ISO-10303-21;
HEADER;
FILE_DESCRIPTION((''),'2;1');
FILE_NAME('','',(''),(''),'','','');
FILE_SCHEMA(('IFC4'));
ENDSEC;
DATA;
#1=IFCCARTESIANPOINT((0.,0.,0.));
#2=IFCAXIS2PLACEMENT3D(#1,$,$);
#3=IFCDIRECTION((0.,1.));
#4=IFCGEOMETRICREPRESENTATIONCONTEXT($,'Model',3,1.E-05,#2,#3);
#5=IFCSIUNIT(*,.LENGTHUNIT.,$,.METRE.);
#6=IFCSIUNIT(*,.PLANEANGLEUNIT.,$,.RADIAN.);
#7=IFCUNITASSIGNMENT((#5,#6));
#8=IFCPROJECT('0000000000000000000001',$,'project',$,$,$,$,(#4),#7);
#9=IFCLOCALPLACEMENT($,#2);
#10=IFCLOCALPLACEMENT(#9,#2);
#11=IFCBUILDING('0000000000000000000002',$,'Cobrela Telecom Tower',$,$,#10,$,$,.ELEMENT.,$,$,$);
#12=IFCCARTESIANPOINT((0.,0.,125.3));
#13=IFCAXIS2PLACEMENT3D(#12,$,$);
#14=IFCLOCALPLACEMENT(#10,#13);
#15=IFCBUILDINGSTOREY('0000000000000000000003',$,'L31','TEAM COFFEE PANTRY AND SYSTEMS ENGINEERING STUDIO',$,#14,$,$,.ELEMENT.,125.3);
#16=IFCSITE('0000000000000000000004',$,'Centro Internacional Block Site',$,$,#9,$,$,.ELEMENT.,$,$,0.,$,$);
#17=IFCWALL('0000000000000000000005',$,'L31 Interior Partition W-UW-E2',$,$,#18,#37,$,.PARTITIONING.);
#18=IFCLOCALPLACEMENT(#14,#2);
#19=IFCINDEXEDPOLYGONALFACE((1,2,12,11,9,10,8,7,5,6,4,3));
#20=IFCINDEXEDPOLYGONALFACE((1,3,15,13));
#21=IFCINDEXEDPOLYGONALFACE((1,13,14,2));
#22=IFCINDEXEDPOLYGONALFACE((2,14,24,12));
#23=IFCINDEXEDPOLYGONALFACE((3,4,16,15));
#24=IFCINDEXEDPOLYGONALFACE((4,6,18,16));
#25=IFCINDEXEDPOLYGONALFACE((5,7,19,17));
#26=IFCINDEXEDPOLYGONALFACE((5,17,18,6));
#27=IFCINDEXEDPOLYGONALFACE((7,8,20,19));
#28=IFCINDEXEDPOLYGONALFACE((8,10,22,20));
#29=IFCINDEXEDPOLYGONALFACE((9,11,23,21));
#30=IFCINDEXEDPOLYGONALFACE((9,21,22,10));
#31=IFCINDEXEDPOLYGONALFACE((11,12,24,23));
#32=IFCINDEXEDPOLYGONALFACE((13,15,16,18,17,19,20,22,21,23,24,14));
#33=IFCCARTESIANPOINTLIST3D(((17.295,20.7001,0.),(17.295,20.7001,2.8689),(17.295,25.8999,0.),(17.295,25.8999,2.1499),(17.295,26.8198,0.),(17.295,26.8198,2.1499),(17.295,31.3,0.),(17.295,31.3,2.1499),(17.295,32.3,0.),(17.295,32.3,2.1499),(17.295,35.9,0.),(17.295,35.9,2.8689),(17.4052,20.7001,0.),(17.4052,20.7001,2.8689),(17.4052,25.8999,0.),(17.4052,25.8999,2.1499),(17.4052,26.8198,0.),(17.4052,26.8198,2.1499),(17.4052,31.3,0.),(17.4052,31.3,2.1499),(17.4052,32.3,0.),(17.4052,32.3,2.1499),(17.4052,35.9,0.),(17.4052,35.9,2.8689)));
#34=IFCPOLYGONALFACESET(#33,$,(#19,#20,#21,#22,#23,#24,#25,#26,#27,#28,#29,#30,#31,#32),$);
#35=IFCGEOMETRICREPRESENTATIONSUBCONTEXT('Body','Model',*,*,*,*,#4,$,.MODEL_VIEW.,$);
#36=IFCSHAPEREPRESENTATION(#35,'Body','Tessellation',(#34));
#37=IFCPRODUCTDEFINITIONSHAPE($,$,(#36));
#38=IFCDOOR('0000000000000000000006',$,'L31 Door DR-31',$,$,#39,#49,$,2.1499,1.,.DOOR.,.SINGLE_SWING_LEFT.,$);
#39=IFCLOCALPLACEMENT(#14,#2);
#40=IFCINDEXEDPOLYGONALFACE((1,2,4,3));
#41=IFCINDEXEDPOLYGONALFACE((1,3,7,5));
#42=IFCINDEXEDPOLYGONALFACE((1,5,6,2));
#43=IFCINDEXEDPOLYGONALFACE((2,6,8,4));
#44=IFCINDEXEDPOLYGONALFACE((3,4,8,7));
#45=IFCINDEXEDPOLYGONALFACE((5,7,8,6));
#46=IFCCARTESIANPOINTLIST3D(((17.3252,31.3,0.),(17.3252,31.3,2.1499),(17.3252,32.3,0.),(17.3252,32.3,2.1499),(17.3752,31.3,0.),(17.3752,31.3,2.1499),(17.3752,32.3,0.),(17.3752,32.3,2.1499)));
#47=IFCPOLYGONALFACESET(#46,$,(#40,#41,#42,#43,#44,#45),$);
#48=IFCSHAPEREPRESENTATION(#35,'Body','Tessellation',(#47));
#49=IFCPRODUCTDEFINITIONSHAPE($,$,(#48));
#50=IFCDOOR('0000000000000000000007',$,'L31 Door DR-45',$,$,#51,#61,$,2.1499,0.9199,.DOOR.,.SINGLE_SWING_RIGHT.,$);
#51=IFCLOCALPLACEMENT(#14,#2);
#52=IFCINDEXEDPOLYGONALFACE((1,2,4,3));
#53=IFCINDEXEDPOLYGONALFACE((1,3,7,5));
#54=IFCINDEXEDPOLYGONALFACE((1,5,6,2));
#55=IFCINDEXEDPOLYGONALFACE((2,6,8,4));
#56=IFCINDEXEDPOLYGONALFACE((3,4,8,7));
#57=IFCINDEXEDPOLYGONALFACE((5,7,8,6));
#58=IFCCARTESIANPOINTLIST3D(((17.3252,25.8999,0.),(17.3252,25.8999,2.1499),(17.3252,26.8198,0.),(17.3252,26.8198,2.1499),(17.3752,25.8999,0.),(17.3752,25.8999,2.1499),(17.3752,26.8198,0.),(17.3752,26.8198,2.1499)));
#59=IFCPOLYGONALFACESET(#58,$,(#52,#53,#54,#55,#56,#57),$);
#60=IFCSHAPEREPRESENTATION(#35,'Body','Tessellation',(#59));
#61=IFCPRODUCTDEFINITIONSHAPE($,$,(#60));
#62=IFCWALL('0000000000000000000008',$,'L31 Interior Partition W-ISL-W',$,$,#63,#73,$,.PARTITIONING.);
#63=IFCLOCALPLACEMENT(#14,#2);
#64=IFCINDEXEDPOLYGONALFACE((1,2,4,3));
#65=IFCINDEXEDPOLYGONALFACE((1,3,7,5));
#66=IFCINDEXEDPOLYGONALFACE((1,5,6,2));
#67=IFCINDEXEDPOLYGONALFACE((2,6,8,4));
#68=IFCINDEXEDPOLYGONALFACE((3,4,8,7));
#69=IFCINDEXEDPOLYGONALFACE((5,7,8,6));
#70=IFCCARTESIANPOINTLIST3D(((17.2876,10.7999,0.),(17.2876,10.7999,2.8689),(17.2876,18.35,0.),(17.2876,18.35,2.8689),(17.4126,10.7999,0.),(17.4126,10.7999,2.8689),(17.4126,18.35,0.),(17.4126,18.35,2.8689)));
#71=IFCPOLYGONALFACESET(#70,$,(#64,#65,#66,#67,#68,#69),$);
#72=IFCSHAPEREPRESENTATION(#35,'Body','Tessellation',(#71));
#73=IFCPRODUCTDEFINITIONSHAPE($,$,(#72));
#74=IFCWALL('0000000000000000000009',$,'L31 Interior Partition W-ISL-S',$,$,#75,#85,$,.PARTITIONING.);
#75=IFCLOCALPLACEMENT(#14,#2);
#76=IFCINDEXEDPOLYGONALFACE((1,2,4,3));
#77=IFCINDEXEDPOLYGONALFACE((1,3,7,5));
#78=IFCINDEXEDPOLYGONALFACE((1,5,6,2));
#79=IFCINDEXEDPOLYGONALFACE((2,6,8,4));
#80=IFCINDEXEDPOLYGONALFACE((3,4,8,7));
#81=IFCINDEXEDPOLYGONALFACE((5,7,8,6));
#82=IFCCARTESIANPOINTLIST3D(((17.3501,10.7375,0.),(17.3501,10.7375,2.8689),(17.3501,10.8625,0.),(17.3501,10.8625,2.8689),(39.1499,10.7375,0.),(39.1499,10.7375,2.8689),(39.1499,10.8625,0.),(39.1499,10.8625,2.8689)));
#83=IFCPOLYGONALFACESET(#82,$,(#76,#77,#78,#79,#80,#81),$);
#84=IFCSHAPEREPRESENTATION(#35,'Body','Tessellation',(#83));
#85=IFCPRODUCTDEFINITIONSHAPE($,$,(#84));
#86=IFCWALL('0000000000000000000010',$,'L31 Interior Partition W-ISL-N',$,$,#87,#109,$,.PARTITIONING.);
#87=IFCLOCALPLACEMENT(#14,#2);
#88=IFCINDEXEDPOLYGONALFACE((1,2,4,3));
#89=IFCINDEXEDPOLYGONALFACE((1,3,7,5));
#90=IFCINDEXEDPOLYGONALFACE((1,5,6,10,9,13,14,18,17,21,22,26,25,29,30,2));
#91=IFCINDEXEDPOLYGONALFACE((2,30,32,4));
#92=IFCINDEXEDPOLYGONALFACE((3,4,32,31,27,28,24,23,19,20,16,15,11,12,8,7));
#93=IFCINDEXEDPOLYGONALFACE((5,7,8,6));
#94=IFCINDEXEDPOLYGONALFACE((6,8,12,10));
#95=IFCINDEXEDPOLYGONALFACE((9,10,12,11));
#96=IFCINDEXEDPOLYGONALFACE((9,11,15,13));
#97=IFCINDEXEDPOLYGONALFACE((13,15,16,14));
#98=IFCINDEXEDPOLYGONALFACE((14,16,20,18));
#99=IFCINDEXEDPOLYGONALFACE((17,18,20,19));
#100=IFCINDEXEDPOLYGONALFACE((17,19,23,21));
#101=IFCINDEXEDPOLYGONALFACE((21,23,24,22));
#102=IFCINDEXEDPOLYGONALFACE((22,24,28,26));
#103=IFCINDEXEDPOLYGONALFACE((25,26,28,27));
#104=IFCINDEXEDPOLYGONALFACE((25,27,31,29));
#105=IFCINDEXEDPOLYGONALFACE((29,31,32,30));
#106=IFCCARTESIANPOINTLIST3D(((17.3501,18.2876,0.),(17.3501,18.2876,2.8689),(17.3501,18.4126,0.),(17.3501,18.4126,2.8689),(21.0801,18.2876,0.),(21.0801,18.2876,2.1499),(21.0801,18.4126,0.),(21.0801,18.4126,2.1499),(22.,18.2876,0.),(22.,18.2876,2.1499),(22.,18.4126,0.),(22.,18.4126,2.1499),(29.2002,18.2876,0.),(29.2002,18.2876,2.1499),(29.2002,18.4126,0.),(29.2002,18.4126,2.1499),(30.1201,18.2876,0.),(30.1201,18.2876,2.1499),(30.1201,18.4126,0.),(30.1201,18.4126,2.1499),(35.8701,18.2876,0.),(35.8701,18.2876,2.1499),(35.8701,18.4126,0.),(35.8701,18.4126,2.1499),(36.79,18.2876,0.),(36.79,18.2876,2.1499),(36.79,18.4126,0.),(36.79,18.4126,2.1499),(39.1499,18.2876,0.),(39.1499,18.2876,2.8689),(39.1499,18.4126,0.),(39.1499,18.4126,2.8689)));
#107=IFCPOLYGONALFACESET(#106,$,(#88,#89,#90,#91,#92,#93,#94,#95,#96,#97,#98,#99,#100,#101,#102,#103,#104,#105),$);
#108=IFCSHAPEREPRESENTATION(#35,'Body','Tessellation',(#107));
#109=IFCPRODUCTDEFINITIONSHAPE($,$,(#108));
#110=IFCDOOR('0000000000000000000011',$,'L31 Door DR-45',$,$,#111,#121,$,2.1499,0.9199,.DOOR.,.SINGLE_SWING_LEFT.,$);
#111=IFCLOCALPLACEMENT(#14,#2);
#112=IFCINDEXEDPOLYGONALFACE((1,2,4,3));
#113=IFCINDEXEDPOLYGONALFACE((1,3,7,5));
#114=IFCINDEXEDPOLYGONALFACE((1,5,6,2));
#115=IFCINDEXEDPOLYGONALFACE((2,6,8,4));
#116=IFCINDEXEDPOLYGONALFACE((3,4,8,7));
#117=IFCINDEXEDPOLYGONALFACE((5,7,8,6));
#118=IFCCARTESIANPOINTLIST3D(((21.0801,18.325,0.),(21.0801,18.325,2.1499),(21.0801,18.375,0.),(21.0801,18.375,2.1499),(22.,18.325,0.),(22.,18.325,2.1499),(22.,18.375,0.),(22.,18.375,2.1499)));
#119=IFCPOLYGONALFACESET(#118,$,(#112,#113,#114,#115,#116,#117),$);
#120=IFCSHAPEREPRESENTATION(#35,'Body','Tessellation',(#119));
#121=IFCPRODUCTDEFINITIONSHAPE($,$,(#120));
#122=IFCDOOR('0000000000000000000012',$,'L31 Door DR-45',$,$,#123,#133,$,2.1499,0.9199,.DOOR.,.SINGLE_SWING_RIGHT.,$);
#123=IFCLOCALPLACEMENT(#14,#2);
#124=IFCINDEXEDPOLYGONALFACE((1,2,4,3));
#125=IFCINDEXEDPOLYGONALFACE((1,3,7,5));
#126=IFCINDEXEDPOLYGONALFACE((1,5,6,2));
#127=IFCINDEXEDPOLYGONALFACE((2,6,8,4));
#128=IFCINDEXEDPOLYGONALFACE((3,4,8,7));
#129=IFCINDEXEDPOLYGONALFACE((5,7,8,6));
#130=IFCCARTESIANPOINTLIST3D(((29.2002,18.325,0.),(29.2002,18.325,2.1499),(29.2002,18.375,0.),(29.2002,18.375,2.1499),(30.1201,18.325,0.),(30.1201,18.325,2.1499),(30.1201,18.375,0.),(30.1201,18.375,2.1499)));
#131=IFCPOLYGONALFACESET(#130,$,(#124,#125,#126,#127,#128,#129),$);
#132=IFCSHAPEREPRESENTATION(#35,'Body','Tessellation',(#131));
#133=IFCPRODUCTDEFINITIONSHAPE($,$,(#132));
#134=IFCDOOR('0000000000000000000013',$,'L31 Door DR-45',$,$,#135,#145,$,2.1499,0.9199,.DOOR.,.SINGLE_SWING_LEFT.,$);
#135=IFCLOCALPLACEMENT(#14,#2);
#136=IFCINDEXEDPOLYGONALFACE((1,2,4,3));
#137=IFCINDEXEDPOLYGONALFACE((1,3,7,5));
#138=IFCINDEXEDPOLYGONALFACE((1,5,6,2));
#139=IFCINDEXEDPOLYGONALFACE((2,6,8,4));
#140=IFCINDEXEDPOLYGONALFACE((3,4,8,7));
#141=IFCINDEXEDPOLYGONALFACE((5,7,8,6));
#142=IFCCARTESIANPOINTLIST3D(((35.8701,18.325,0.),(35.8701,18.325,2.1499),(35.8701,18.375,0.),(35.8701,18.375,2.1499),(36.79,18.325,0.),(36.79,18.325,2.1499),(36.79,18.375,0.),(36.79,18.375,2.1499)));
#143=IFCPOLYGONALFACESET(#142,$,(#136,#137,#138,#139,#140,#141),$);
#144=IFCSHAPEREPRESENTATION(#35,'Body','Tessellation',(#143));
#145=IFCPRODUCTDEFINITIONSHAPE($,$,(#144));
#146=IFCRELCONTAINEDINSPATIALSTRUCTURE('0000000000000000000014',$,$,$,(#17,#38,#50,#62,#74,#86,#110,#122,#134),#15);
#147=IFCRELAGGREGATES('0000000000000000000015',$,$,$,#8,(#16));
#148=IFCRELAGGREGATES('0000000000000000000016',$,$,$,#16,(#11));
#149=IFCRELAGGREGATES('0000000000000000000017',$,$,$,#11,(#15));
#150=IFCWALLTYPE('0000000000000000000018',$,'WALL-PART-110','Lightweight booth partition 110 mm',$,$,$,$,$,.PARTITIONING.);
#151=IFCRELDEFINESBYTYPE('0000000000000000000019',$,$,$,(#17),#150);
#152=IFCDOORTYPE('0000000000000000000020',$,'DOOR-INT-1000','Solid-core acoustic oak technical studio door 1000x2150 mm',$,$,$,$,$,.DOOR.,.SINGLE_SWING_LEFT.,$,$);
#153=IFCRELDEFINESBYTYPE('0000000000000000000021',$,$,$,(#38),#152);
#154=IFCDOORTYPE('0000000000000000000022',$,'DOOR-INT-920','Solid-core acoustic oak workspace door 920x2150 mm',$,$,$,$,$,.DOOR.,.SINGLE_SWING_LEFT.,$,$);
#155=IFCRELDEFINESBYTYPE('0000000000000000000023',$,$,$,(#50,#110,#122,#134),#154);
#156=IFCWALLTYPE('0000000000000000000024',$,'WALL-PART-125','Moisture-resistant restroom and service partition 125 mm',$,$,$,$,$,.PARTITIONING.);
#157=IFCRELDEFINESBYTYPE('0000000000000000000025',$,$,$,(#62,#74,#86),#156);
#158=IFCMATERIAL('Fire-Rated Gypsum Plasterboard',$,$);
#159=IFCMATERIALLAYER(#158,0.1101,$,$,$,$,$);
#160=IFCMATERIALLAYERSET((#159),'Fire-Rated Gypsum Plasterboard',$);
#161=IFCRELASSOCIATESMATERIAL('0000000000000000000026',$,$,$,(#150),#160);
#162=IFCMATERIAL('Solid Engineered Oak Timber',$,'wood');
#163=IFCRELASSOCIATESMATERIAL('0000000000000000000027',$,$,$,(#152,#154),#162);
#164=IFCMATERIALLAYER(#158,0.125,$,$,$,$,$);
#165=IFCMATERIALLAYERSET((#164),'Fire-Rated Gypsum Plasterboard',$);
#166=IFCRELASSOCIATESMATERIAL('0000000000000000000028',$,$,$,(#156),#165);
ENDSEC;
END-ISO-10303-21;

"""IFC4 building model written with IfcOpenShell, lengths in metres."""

from ifc_helpers import new_model, si_unit, direction, frame, frame_2d, origin, place, context, subcontext, project, spatial, rectangle, extrude, material, layer, layer_set, type_object, element, fill, save


model = new_model("IFC4")

# Units and contexts
model_context = context("Model", 3, precision=1e-05, world=origin(), true_north=direction((0.0, 1.0)))
body_context = subcontext(model_context, "Body", "Model", "MODEL_VIEW")
ifc_project = project(units=[si_unit("LENGTHUNIT", "METRE"), si_unit("PLANEANGLEUNIT", "RADIAN")], contexts=[model_context])

# Site, building, storey
site_placement = place(None, origin())
site = spatial("IfcSite", under=ifc_project, at=site_placement, Name="Centro Internacional Block Site", CompositionType="ELEMENT", RefElevation=0.0)
building_placement = place(site_placement, origin())
building = spatial("IfcBuilding", under=site, at=building_placement, Name="Cobrela Telecom Tower", CompositionType="ELEMENT")
storey_placement = place(building_placement, frame((0.0, 0.0, 125.3)))
storey = spatial("IfcBuildingStorey", under=building, at=storey_placement, Name="L31", Description="TEAM COFFEE PANTRY AND SYSTEMS ENGINEERING STUDIO", CompositionType="ELEMENT", Elevation=125.3)

# Wall, openings, doors
ifc_material_1 = material(Name="Fire-Rated Gypsum Plasterboard")
ifc_layer_1 = layer(ifc_material_1, 0.1101)
ifc_layer_set_1 = layer_set([ifc_layer_1], Name="Fire-Rated Gypsum Plasterboard")
wall_type_1 = type_object("IfcWallType", Name="WALL-PART-110", Description="Lightweight booth partition 110 mm", PredefinedType="PARTITIONING", material=ifc_layer_set_1)
wall_1_placement = place(storey_placement, frame((17.3501, 20.7, 0.0), z_axis=(0.0, 0.0, 1.0), x_axis=(0.0, 1.0, 0.0)))
wall_1 = element("IfcWall", 1, at=wall_1_placement, inside=storey, type_object=wall_type_1, Name="L31 Interior Partition W-UW-E2", PredefinedType="PARTITIONING", context=body_context, shape_type="SweptSolid", body=[
    extrude(rectangle(XDim=15.2, YDim=0.1101, at=frame_2d((7.6001, 0.0))), origin(), (0.0, 0.0, 1.0), 2.8689),
])
opening_1_placement = place(wall_1_placement, frame((5.2, 0.0, 0.0)))
opening_1 = element("IfcOpeningElement", 2, at=opening_1_placement, cuts=wall_1, PredefinedType="OPENING", context=body_context, shape_type="SweptSolid", body=[
    extrude(rectangle(XDim=0.9199, YDim=2.1499, at=frame_2d((0.46, 1.075))), frame((0.0, 0.0669, 0.0), z_axis=(0.0, -1.0, 0.0), x_axis=(1.0, 0.0, 0.0)), (0.0, 0.0, 1.0), 0.134),
])
opening_2_placement = place(wall_1_placement, frame((10.6001, 0.0, 0.0)))
opening_2 = element("IfcOpeningElement", 3, at=opening_2_placement, cuts=wall_1, PredefinedType="OPENING", context=body_context, shape_type="SweptSolid", body=[
    extrude(rectangle(XDim=1.0, YDim=2.1499, at=frame_2d((0.5, 1.075))), frame((0.0, 0.0669, 0.0), z_axis=(0.0, -1.0, 0.0), x_axis=(1.0, 0.0, 0.0)), (0.0, 0.0, 1.0), 0.134),
])
ifc_material_2 = material(Name="Solid Engineered Oak Timber", Category="wood")
door_type_1 = type_object("IfcDoorType", Name="DOOR-INT-1000", Description="Solid-core acoustic oak technical studio door 1000x2150 mm", OperationType="SINGLE_SWING_LEFT", PredefinedType="DOOR", material=ifc_material_2)
door_1_placement = place(opening_2_placement, origin())
door_1 = element("IfcDoor", 4, at=door_1_placement, inside=storey, type_object=door_type_1, Name="L31 Door DR-31", OperationType="SINGLE_SWING_LEFT", OverallHeight=2.1499, OverallWidth=1.0, PredefinedType="DOOR", context=body_context, shape_type="SweptSolid", body=[
    extrude(rectangle(XDim=1.0, YDim=2.1499, at=frame_2d((0.5, 1.075))), frame((0.0, 0.0249, 0.0), z_axis=(0.0, -1.0, 0.0), x_axis=(1.0, 0.0, 0.0)), (0.0, 0.0, 1.0), 0.05),
])
fill(opening_2, door_1)
door_type_2 = type_object("IfcDoorType", Name="DOOR-INT-920", Description="Solid-core acoustic oak workspace door 920x2150 mm", OperationType="SINGLE_SWING_LEFT", PredefinedType="DOOR", material=ifc_material_2)
door_2_placement = place(opening_1_placement, origin())
door_2 = element("IfcDoor", 5, at=door_2_placement, inside=storey, type_object=door_type_2, Name="L31 Door DR-45", OperationType="SINGLE_SWING_RIGHT", OverallHeight=2.1499, OverallWidth=0.9199, PredefinedType="DOOR", context=body_context, shape_type="SweptSolid", body=[
    extrude(rectangle(XDim=0.9199, YDim=2.1499, at=frame_2d((0.46, 1.075))), frame((0.0, 0.0249, 0.0), z_axis=(0.0, -1.0, 0.0), x_axis=(1.0, 0.0, 0.0)), (0.0, 0.0, 1.0), 0.05),
])
fill(opening_1, door_2)

# Walls
ifc_layer_2 = layer(ifc_material_1, 0.125)
ifc_layer_set_2 = layer_set([ifc_layer_2], Name="Fire-Rated Gypsum Plasterboard")
wall_type_2 = type_object("IfcWallType", Name="WALL-PART-125", Description="Moisture-resistant restroom and service partition 125 mm", PredefinedType="PARTITIONING", material=ifc_layer_set_2)
wall_2_placement = place(storey_placement, frame((17.3501, 10.8, 0.0), z_axis=(0.0, 0.0, 1.0), x_axis=(0.0, 1.0, 0.0)))
element("IfcWall", 6, at=wall_2_placement, inside=storey, type_object=wall_type_2, Name="L31 Interior Partition W-ISL-W", PredefinedType="PARTITIONING", context=body_context, shape_type="SweptSolid", body=[
    extrude(rectangle(XDim=7.55, YDim=0.125, at=frame_2d((3.7749, 0.0))), origin(), (0.0, 0.0, 1.0), 2.8689),
])
wall_3_placement = place(storey_placement, frame((17.3501, 10.8, 0.0), z_axis=(0.0, 0.0, 1.0), x_axis=(1.0, 0.0, 0.0)))
element("IfcWall", 7, at=wall_3_placement, inside=storey, type_object=wall_type_2, Name="L31 Interior Partition W-ISL-S", PredefinedType="PARTITIONING", context=body_context, shape_type="SweptSolid", body=[
    extrude(rectangle(XDim=21.7998, YDim=0.125, at=frame_2d((10.8999, 0.0))), origin(), (0.0, 0.0, 1.0), 2.8689),
])

# Wall, openings, doors
wall_4_placement = place(storey_placement, frame((17.3501, 18.3501, 0.0), z_axis=(0.0, 0.0, 1.0), x_axis=(1.0, 0.0, 0.0)))
wall_4 = element("IfcWall", 8, at=wall_4_placement, inside=storey, type_object=wall_type_2, Name="L31 Interior Partition W-ISL-N", PredefinedType="PARTITIONING", context=body_context, shape_type="SweptSolid", body=[
    extrude(rectangle(XDim=21.7998, YDim=0.125, at=frame_2d((10.8999, 0.0))), origin(), (0.0, 0.0, 1.0), 2.8689),
])
opening_3_placement = place(wall_4_placement, frame((3.73, 0.0, 0.0)))
opening_3 = element("IfcOpeningElement", 9, at=opening_3_placement, cuts=wall_4, PredefinedType="OPENING", context=body_context, shape_type="SweptSolid", body=[
    extrude(rectangle(XDim=0.9199, YDim=2.1499, at=frame_2d((0.46, 1.075))), frame((0.0, 0.0745, 0.0), z_axis=(0.0, -1.0, 0.0), x_axis=(1.0, 0.0, 0.0)), (0.0, 0.0, 1.0), 0.1489),
])
opening_4_placement = place(wall_4_placement, frame((11.8501, 0.0, 0.0)))
opening_4 = element("IfcOpeningElement", 10, at=opening_4_placement, cuts=wall_4, PredefinedType="OPENING", context=body_context, shape_type="SweptSolid", body=[
    extrude(rectangle(XDim=0.9199, YDim=2.1499, at=frame_2d((0.46, 1.075))), frame((0.0, 0.0745, 0.0), z_axis=(0.0, -1.0, 0.0), x_axis=(1.0, 0.0, 0.0)), (0.0, 0.0, 1.0), 0.1489),
])
opening_5_placement = place(wall_4_placement, frame((18.52, 0.0, 0.0)))
opening_5 = element("IfcOpeningElement", 11, at=opening_5_placement, cuts=wall_4, PredefinedType="OPENING", context=body_context, shape_type="SweptSolid", body=[
    extrude(rectangle(XDim=0.9199, YDim=2.1499, at=frame_2d((0.46, 1.075))), frame((0.0, 0.0745, 0.0), z_axis=(0.0, -1.0, 0.0), x_axis=(1.0, 0.0, 0.0)), (0.0, 0.0, 1.0), 0.1489),
])
door_3_placement = place(opening_3_placement, origin())
door_3 = element("IfcDoor", 12, at=door_3_placement, inside=storey, type_object=door_type_2, Name="L31 Door DR-45", OperationType="SINGLE_SWING_LEFT", OverallHeight=2.1499, OverallWidth=0.9199, PredefinedType="DOOR", context=body_context, shape_type="SweptSolid", body=[
    extrude(rectangle(XDim=0.9199, YDim=2.1499, at=frame_2d((0.46, 1.075))), frame((0.0, 0.0249, 0.0), z_axis=(0.0, -1.0, 0.0), x_axis=(1.0, 0.0, 0.0)), (0.0, 0.0, 1.0), 0.05),
])
fill(opening_3, door_3)
door_4_placement = place(opening_4_placement, origin())
door_4 = element("IfcDoor", 13, at=door_4_placement, inside=storey, type_object=door_type_2, Name="L31 Door DR-45", OperationType="SINGLE_SWING_RIGHT", OverallHeight=2.1499, OverallWidth=0.9199, PredefinedType="DOOR", context=body_context, shape_type="SweptSolid", body=[
    extrude(rectangle(XDim=0.9199, YDim=2.1499, at=frame_2d((0.46, 1.075))), frame((0.0, 0.0249, 0.0), z_axis=(0.0, -1.0, 0.0), x_axis=(1.0, 0.0, 0.0)), (0.0, 0.0, 1.0), 0.05),
])
fill(opening_4, door_4)
door_5_placement = place(opening_5_placement, origin())
door_5 = element("IfcDoor", 14, at=door_5_placement, inside=storey, type_object=door_type_2, Name="L31 Door DR-45", OperationType="SINGLE_SWING_LEFT", OverallHeight=2.1499, OverallWidth=0.9199, PredefinedType="DOOR", context=body_context, shape_type="SweptSolid", body=[
    extrude(rectangle(XDim=0.9199, YDim=2.1499, at=frame_2d((0.46, 1.075))), frame((0.0, 0.0249, 0.0), z_axis=(0.0, -1.0, 0.0), x_axis=(1.0, 0.0, 0.0)), (0.0, 0.0, 1.0), 0.05),
])
fill(opening_5, door_5)

save(model, "model.ifc")
